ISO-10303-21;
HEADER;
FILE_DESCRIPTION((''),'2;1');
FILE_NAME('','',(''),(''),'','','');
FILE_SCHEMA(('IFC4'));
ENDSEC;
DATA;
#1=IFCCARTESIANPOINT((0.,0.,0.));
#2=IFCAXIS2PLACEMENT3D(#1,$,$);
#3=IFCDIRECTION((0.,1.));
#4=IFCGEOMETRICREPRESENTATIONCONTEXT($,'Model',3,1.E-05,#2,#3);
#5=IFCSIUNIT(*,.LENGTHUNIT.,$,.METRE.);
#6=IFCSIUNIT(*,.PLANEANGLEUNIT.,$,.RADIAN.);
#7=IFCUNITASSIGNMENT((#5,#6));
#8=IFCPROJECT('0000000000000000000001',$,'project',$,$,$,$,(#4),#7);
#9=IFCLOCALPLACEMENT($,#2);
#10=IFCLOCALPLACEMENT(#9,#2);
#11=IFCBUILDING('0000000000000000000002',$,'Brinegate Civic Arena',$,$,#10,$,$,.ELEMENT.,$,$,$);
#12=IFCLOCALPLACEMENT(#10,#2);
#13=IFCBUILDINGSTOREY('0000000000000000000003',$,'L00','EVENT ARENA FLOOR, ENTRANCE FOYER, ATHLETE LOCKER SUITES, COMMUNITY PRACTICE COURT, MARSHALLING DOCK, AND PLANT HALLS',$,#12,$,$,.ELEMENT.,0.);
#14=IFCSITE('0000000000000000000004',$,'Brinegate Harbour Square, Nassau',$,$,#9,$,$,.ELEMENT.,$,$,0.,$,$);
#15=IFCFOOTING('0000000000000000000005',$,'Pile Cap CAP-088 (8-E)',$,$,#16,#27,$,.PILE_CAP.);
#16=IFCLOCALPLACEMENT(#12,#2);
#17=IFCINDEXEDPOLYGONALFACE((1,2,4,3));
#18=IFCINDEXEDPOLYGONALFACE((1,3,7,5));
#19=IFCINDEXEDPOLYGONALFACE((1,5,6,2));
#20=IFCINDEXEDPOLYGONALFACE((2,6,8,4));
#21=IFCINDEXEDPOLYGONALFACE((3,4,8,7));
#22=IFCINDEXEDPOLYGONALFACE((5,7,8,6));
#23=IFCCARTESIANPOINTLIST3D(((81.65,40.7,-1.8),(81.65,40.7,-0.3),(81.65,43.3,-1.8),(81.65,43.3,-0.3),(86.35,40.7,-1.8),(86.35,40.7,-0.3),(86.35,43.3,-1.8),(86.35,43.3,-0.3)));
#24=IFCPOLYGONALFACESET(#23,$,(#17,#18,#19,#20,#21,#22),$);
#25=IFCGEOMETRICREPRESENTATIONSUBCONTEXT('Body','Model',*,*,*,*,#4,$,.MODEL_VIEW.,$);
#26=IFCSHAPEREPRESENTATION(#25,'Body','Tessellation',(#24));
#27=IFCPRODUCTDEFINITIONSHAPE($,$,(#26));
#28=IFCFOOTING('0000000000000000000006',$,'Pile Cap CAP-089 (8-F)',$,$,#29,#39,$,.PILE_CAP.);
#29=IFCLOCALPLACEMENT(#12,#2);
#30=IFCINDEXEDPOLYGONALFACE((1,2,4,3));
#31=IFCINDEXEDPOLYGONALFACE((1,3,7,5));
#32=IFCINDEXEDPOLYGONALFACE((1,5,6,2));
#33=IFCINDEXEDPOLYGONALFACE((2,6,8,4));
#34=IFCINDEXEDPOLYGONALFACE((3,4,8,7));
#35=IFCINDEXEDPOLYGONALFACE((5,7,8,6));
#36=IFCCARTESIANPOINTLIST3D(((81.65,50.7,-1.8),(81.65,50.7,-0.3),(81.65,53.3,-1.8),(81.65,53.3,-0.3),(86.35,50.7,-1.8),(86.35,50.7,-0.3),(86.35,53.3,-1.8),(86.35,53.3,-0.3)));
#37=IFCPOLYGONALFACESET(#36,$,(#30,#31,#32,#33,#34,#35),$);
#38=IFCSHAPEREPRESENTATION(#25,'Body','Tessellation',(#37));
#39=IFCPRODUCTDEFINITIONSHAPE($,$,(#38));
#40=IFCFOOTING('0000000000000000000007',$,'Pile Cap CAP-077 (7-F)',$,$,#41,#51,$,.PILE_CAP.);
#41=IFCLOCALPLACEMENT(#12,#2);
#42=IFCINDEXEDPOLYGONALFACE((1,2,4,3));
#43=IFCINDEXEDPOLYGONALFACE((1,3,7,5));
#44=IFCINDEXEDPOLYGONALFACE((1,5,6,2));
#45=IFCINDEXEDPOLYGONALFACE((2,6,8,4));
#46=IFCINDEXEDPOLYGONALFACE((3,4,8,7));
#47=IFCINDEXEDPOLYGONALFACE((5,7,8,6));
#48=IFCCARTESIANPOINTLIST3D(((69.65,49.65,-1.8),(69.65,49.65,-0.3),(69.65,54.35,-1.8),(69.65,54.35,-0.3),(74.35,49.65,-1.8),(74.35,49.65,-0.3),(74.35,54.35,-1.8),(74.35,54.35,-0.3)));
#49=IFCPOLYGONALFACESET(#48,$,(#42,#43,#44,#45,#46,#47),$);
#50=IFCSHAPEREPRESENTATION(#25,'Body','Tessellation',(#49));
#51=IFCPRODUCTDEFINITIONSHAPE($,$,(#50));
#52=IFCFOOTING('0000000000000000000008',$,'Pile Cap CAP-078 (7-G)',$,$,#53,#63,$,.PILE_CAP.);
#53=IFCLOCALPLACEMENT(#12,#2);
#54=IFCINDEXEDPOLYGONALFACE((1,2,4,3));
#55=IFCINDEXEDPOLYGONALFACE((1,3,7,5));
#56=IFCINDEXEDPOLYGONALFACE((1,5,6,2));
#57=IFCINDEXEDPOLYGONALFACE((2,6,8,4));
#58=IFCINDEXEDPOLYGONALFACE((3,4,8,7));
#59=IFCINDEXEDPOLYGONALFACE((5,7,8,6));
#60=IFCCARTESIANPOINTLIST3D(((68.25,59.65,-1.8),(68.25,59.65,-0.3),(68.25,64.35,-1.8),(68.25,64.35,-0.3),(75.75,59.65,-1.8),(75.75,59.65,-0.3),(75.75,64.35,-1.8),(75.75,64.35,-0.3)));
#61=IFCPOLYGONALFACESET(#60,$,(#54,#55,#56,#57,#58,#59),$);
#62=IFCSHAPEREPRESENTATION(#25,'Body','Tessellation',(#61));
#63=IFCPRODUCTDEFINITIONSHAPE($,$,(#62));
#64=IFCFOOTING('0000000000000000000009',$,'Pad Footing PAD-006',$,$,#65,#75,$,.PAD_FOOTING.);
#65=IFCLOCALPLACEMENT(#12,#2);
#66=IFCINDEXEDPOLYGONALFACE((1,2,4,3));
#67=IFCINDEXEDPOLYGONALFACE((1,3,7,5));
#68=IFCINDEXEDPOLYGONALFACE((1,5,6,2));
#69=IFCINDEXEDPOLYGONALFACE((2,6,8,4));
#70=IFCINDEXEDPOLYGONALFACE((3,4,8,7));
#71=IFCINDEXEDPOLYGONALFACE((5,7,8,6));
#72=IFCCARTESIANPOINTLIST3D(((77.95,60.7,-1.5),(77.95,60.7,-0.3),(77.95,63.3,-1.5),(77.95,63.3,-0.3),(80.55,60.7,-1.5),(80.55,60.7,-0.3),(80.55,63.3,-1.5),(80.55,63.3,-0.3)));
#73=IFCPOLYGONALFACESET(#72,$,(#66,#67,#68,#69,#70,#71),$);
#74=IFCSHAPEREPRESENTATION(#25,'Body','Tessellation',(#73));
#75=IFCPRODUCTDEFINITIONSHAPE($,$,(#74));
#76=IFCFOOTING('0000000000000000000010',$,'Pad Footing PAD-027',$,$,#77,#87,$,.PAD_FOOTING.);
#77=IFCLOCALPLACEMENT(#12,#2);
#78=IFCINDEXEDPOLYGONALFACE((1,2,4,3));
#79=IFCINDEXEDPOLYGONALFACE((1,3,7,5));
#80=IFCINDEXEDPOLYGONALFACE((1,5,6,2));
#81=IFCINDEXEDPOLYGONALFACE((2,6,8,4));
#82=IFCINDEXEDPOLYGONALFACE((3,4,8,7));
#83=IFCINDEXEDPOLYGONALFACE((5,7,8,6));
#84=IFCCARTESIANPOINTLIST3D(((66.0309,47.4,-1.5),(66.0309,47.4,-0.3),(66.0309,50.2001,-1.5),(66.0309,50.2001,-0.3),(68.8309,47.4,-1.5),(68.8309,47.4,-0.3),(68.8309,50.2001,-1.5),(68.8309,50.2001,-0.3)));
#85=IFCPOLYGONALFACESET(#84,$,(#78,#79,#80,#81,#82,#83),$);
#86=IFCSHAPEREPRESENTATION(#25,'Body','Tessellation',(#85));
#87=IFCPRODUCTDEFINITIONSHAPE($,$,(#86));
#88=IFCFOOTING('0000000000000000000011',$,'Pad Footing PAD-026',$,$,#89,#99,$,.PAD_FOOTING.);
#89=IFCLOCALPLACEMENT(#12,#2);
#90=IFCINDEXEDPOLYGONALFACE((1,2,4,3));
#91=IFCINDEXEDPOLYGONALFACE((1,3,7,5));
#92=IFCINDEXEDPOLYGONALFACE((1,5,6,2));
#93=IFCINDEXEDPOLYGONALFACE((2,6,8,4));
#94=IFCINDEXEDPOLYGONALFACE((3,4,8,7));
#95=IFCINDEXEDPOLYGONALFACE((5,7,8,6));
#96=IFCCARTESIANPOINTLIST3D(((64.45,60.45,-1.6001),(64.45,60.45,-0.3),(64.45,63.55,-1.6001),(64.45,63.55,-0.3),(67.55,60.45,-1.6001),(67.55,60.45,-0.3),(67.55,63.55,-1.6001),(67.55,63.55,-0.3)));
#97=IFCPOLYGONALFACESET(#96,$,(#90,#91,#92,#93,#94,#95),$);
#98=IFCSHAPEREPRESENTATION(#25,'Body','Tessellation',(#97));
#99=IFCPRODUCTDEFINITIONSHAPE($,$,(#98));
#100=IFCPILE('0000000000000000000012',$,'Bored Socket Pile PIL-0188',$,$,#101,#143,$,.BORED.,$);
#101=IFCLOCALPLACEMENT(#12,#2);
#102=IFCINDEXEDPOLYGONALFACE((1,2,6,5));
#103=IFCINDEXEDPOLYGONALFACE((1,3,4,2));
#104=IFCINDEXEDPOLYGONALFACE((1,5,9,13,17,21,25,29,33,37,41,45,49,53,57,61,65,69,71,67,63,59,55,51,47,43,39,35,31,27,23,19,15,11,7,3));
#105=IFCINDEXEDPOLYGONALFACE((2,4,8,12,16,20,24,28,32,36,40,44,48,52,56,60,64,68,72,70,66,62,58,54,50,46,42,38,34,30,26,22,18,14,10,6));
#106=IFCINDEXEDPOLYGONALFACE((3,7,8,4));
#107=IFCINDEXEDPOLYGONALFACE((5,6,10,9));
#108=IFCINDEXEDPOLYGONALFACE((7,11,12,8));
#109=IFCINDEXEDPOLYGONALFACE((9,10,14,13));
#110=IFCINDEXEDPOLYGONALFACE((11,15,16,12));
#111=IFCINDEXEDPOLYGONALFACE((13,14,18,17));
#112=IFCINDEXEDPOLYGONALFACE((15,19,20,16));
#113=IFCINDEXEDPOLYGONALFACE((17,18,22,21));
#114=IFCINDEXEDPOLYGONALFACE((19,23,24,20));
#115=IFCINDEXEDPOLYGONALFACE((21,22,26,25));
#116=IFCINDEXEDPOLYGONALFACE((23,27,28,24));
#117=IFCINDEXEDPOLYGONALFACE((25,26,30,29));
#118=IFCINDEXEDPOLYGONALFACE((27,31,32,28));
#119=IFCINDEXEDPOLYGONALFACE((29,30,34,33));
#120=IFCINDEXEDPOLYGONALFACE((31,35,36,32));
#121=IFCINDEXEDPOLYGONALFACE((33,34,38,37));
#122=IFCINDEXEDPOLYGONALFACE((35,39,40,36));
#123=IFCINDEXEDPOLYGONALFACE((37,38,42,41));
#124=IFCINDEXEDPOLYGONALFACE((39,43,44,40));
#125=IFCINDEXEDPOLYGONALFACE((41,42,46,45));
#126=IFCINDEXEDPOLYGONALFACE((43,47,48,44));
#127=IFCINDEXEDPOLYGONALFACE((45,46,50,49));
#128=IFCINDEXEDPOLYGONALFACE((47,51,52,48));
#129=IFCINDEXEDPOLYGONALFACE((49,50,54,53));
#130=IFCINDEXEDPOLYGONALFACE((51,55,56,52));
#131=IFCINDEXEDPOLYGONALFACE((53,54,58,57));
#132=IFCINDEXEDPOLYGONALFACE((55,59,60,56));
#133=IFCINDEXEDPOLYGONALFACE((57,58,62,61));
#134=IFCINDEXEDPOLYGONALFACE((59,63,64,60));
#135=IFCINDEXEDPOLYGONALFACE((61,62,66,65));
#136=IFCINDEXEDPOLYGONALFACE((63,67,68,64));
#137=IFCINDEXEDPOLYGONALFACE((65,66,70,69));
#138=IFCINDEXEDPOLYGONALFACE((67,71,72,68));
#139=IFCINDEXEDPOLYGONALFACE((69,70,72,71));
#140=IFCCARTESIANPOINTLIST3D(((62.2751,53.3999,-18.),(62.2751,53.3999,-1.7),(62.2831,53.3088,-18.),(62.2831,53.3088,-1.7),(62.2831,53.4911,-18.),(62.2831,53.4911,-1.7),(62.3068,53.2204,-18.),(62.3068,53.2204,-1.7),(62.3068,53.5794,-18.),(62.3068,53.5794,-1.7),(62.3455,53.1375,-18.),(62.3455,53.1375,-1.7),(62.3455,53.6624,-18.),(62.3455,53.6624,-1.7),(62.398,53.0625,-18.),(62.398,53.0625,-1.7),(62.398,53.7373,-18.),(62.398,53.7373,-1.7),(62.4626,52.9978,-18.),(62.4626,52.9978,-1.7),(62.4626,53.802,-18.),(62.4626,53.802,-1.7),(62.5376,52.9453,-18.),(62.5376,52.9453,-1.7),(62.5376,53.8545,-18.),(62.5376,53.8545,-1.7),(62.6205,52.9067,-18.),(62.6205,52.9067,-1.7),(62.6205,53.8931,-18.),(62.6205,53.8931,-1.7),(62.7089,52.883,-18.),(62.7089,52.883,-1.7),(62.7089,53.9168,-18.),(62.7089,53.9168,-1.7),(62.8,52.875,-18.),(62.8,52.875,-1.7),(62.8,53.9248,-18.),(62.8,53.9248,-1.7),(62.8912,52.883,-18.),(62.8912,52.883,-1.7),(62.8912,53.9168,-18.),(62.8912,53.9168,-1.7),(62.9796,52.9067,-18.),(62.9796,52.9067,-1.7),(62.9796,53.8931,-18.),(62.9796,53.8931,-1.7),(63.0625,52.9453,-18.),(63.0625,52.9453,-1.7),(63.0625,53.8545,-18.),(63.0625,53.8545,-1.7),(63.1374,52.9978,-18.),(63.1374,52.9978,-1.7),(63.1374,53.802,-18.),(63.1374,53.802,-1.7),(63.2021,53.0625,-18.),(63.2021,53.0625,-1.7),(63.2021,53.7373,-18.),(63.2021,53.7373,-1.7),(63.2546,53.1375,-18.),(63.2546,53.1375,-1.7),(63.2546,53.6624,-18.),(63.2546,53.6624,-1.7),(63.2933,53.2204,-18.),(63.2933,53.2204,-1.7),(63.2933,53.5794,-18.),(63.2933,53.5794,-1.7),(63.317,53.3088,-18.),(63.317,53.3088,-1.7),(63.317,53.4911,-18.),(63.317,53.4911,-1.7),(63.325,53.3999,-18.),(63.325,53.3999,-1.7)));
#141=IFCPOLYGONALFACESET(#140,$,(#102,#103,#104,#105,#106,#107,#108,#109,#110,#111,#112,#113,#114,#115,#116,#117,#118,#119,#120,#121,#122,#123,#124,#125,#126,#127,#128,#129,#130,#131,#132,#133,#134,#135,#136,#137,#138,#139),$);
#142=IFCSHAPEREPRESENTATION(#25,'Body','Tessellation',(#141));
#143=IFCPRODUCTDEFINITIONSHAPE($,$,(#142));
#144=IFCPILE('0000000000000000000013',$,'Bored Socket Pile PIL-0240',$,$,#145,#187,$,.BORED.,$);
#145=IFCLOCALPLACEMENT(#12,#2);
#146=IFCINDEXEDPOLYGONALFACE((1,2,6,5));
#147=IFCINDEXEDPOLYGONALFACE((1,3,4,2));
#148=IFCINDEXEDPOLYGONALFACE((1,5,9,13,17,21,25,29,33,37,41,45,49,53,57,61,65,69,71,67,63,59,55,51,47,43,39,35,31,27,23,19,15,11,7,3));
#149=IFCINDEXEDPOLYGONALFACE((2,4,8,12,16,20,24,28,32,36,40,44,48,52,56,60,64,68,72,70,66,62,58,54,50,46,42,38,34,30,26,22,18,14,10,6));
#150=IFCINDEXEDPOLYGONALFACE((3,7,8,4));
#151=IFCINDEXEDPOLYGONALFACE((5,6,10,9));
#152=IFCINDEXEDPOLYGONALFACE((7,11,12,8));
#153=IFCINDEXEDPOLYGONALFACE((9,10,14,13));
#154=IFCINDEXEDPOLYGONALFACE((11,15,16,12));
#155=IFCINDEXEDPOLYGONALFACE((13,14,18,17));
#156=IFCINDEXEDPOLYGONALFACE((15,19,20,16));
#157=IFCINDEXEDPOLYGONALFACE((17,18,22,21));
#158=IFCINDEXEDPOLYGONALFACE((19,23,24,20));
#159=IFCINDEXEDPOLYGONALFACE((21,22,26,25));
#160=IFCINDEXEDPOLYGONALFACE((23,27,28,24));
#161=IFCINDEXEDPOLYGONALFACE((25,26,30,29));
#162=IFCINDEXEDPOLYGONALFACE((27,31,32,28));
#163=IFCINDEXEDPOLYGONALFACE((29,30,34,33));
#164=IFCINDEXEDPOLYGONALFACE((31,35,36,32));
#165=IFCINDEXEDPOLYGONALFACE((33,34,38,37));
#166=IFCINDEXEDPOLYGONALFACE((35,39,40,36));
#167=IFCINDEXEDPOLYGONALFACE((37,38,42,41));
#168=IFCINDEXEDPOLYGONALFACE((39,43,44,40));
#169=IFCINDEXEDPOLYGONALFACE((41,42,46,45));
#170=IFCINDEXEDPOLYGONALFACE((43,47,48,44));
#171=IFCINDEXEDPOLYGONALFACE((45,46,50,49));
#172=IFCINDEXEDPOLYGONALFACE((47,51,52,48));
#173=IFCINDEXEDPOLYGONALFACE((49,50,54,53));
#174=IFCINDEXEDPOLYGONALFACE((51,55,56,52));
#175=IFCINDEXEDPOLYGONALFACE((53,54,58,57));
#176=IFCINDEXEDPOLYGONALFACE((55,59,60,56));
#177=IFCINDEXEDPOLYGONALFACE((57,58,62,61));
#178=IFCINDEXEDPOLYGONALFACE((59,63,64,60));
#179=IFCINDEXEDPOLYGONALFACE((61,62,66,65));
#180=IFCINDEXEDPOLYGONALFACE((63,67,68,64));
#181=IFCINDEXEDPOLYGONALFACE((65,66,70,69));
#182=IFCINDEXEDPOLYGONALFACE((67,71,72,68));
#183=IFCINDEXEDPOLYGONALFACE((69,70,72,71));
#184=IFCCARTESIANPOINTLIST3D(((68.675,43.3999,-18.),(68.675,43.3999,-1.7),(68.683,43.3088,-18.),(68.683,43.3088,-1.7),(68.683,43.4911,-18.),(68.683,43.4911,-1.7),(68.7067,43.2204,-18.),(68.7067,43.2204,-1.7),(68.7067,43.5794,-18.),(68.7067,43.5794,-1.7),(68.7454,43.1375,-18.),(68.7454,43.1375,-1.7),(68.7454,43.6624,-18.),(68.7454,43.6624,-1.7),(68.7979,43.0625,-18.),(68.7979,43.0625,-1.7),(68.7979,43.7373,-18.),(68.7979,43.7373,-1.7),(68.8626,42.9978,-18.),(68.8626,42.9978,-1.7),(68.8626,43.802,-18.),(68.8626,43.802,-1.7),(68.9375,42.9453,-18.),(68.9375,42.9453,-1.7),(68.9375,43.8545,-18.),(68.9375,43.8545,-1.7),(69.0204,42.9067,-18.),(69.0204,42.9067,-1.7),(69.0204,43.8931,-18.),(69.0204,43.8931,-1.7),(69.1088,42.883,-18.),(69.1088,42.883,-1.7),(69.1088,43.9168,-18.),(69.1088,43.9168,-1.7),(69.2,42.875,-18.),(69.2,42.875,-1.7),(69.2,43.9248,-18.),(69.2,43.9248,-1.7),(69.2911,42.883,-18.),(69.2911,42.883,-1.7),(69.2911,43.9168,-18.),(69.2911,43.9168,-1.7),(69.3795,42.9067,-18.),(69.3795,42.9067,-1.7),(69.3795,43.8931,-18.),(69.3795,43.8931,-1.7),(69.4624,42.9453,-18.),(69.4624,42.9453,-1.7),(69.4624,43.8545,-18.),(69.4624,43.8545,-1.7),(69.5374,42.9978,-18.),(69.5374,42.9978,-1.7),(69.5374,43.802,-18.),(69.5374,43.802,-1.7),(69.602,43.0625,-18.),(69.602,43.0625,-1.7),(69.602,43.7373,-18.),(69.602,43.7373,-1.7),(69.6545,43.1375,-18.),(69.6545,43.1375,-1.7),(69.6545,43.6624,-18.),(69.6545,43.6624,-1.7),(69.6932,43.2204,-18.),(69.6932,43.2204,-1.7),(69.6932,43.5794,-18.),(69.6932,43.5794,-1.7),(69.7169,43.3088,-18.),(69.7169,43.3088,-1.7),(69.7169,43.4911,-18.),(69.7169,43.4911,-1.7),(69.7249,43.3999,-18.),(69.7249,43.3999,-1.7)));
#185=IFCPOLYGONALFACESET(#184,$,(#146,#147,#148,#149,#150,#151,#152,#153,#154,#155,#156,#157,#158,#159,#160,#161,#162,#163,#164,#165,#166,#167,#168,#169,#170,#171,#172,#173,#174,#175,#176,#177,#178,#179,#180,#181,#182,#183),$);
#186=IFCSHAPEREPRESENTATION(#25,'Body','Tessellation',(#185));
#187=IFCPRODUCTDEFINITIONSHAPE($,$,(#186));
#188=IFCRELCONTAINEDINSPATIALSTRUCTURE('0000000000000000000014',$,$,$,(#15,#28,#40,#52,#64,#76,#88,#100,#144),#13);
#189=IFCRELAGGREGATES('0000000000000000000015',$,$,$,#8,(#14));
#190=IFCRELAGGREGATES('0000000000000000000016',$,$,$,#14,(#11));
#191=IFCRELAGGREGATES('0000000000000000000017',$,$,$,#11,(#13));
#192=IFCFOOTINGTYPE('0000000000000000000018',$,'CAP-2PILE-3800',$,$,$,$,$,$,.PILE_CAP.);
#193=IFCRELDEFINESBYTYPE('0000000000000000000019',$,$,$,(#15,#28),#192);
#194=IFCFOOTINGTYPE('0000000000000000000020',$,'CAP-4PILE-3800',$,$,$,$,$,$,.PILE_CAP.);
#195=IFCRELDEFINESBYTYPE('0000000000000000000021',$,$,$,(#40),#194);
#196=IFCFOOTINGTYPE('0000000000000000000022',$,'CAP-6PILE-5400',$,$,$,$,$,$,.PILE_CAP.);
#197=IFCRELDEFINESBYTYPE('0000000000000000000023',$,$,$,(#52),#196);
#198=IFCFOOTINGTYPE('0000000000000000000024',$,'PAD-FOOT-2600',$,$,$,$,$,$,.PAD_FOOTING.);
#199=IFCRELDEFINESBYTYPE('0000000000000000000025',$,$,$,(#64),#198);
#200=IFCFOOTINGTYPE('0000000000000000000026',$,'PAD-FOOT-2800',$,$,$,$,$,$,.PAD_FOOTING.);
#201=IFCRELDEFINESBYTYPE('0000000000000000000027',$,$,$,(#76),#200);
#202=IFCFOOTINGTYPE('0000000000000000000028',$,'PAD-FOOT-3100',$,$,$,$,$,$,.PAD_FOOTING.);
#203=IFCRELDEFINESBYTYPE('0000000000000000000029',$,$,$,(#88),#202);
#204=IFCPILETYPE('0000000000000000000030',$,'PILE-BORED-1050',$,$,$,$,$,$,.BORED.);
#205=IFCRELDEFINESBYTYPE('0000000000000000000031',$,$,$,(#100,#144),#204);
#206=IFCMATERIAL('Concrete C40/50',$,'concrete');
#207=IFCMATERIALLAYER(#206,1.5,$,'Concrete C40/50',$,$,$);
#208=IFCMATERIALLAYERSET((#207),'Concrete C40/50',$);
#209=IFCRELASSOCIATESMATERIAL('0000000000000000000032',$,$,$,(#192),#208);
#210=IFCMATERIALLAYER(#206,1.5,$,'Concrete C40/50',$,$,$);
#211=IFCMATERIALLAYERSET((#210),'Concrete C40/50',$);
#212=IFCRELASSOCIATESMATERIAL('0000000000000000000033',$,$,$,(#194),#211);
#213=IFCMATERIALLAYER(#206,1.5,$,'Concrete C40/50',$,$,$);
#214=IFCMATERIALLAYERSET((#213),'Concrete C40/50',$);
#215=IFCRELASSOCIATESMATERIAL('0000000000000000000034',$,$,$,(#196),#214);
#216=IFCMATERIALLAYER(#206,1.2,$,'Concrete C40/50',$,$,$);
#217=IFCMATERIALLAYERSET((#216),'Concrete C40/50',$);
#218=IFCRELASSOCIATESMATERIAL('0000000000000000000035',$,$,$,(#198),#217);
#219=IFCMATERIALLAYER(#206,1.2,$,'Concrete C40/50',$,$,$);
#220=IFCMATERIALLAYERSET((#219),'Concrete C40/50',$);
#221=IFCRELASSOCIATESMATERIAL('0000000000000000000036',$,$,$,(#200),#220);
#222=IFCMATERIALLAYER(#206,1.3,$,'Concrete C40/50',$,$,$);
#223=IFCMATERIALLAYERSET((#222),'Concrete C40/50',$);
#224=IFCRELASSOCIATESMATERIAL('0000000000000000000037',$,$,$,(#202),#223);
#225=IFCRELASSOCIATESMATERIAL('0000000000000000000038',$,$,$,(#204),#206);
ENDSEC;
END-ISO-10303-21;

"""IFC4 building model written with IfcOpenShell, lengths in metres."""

from ifc_helpers import new_model, si_unit, direction, frame, origin, origin_2d, place, context, subcontext, project, spatial, rectangle, circle, extrude, material, layer, layer_set, material_profile, profile_set, type_object, element, save


model = new_model("IFC4")

# Units and contexts
model_context = context("Model", 3, precision=1e-05, world=origin(), true_north=direction((0.0, 1.0)))
body_context = subcontext(model_context, "Body", "Model", "MODEL_VIEW")
ifc_project = project(units=[si_unit("LENGTHUNIT", "METRE"), si_unit("PLANEANGLEUNIT", "RADIAN")], contexts=[model_context])

# Site, building, storey
site_placement = place(None, origin())
site = spatial("IfcSite", under=ifc_project, at=site_placement, Name="Brinegate Harbour Square, Nassau", CompositionType="ELEMENT", RefElevation=0.0)
building_placement = place(site_placement, origin())
building = spatial("IfcBuilding", under=site, at=building_placement, Name="Brinegate Civic Arena", CompositionType="ELEMENT")
storey_placement = place(building_placement, origin())
storey = spatial("IfcBuildingStorey", under=building, at=storey_placement, Name="L00", Description="EVENT ARENA FLOOR, ENTRANCE FOYER, ATHLETE LOCKER SUITES, COMMUNITY PRACTICE COURT, MARSHALLING DOCK, AND PLANT HALLS", CompositionType="ELEMENT", Elevation=0.0)

# Footings
ifc_material_1 = material(Name="Concrete C40/50", Category="concrete")
ifc_layer_1 = layer(ifc_material_1, 1.5, Name="Concrete C40/50")
ifc_layer_set_1 = layer_set([ifc_layer_1], Name="Concrete C40/50")
footing_type_1 = type_object("IfcFootingType", Name="CAP-2PILE-3800", PredefinedType="PILE_CAP", material=ifc_layer_set_1)
for number, where, z_axis, x_axis, name in (
    (1, (84.0, 42.0, -1.8), (0.0, 0.0, 1.0), (1.0, 0.0, 0.0), "Pile Cap CAP-088 (8-E)"),
    (2, (84.0, 52.0, -1.8), (0.0, 0.0, 1.0), (1.0, 0.0, 0.0), "Pile Cap CAP-089 (8-F)"),
):
    element("IfcFooting", number, at=place(storey_placement, frame(where, z_axis=z_axis, x_axis=x_axis)), inside=storey, type_object=footing_type_1, Name=name, PredefinedType="PILE_CAP", context=body_context, shape_type="SweptSolid", body=[
        extrude(rectangle(XDim=4.7, YDim=2.6001, at=origin_2d()), origin(), (0.0, 0.0, 1.0), 1.5),
    ])
ifc_layer_2 = layer(ifc_material_1, 1.5, Name="Concrete C40/50")
ifc_layer_set_2 = layer_set([ifc_layer_2], Name="Concrete C40/50")
footing_type_2 = type_object("IfcFootingType", Name="CAP-4PILE-3800", PredefinedType="PILE_CAP", material=ifc_layer_set_2)
footing_1_placement = place(storey_placement, frame((72.0, 52.0, -1.8), z_axis=(0.0, 0.0, 1.0), x_axis=(1.0, 0.0, 0.0)))
element("IfcFooting", 3, at=footing_1_placement, inside=storey, type_object=footing_type_2, Name="Pile Cap CAP-077 (7-F)", PredefinedType="PILE_CAP", context=body_context, shape_type="SweptSolid", body=[
    extrude(rectangle(XDim=4.7, YDim=4.7, at=origin_2d()), origin(), (0.0, 0.0, 1.0), 1.5),
])
ifc_layer_3 = layer(ifc_material_1, 1.5, Name="Concrete C40/50")
ifc_layer_set_3 = layer_set([ifc_layer_3], Name="Concrete C40/50")
footing_type_3 = type_object("IfcFootingType", Name="CAP-6PILE-5400", PredefinedType="PILE_CAP", material=ifc_layer_set_3)
footing_2_placement = place(storey_placement, frame((72.0, 62.0, -1.8), z_axis=(0.0, 0.0, 1.0), x_axis=(1.0, 0.0, 0.0)))
element("IfcFooting", 4, at=footing_2_placement, inside=storey, type_object=footing_type_3, Name="Pile Cap CAP-078 (7-G)", PredefinedType="PILE_CAP", context=body_context, shape_type="SweptSolid", body=[
    extrude(rectangle(XDim=7.5, YDim=4.7, at=origin_2d()), origin(), (0.0, 0.0, 1.0), 1.5),
])
ifc_layer_4 = layer(ifc_material_1, 1.2, Name="Concrete C40/50")
ifc_layer_set_4 = layer_set([ifc_layer_4], Name="Concrete C40/50")
footing_type_4 = type_object("IfcFootingType", Name="PAD-FOOT-2600", PredefinedType="PAD_FOOTING", material=ifc_layer_set_4)
footing_3_placement = place(storey_placement, frame((79.25, 62.0, -1.5), z_axis=(0.0, 0.0, 1.0), x_axis=(1.0, 0.0, 0.0)))
element("IfcFooting", 5, at=footing_3_placement, inside=storey, type_object=footing_type_4, Name="Pad Footing PAD-006", PredefinedType="PAD_FOOTING", context=body_context, shape_type="SweptSolid", body=[
    extrude(rectangle(XDim=2.6001, YDim=2.6001, at=origin_2d()), origin(), (0.0, 0.0, 1.0), 1.2),
])
ifc_layer_5 = layer(ifc_material_1, 1.2, Name="Concrete C40/50")
ifc_layer_set_5 = layer_set([ifc_layer_5], Name="Concrete C40/50")
footing_type_5 = type_object("IfcFootingType", Name="PAD-FOOT-2800", PredefinedType="PAD_FOOTING", material=ifc_layer_set_5)
footing_4_placement = place(storey_placement, frame((67.4309, 48.8, -1.5), z_axis=(0.0, 0.0, 1.0), x_axis=(1.0, 0.0, 0.0)))
element("IfcFooting", 6, at=footing_4_placement, inside=storey, type_object=footing_type_5, Name="Pad Footing PAD-027", PredefinedType="PAD_FOOTING", context=body_context, shape_type="SweptSolid", body=[
    extrude(rectangle(XDim=2.8, YDim=2.8, at=origin_2d()), origin(), (0.0, 0.0, 1.0), 1.2),
])
ifc_layer_6 = layer(ifc_material_1, 1.3, Name="Concrete C40/50")
ifc_layer_set_6 = layer_set([ifc_layer_6], Name="Concrete C40/50")
footing_type_6 = type_object("IfcFootingType", Name="PAD-FOOT-3100", PredefinedType="PAD_FOOTING", material=ifc_layer_set_6)
footing_5_placement = place(storey_placement, frame((66.0, 62.0, -1.6001), z_axis=(0.0, 0.0, 1.0), x_axis=(1.0, 0.0, 0.0)))
element("IfcFooting", 7, at=footing_5_placement, inside=storey, type_object=footing_type_6, Name="Pad Footing PAD-026", PredefinedType="PAD_FOOTING", context=body_context, shape_type="SweptSolid", body=[
    extrude(rectangle(XDim=3.1001, YDim=3.1001, at=origin_2d()), origin(), (0.0, 0.0, 1.0), 1.3),
])

# Piles
ifc_material_profile_1 = material_profile(ifc_material_1, circle(Radius=0.5249, at=origin_2d()), Name="PILED1050")
ifc_profile_set_1 = profile_set([ifc_material_profile_1], Name="Concrete C40/50")
pile_type_1 = type_object("IfcPileType", Name="PILE-BORED-1050", PredefinedType="BORED", material=ifc_profile_set_1)
for number, where, z_axis, x_axis, name in (
    (8, (62.8, 53.3999, -1.7), (0.0, 0.0, -1.0), (1.0, 0.0, 0.0), "Bored Socket Pile PIL-0188"),
    (9, (69.2, 43.3999, -1.7), (0.0, 0.0, -1.0), (1.0, 0.0, 0.0), "Bored Socket Pile PIL-0240"),
):
    element("IfcPile", number, at=place(storey_placement, frame(where, z_axis=z_axis, x_axis=x_axis)), inside=storey, type_object=pile_type_1, Name=name, PredefinedType="BORED", context=body_context, shape_type="SweptSolid", body=[
        extrude(circle(Radius=0.5249, at=origin_2d()), origin(), (0.0, 0.0, 1.0), 16.3),
    ])

save(model, "model.ifc")
